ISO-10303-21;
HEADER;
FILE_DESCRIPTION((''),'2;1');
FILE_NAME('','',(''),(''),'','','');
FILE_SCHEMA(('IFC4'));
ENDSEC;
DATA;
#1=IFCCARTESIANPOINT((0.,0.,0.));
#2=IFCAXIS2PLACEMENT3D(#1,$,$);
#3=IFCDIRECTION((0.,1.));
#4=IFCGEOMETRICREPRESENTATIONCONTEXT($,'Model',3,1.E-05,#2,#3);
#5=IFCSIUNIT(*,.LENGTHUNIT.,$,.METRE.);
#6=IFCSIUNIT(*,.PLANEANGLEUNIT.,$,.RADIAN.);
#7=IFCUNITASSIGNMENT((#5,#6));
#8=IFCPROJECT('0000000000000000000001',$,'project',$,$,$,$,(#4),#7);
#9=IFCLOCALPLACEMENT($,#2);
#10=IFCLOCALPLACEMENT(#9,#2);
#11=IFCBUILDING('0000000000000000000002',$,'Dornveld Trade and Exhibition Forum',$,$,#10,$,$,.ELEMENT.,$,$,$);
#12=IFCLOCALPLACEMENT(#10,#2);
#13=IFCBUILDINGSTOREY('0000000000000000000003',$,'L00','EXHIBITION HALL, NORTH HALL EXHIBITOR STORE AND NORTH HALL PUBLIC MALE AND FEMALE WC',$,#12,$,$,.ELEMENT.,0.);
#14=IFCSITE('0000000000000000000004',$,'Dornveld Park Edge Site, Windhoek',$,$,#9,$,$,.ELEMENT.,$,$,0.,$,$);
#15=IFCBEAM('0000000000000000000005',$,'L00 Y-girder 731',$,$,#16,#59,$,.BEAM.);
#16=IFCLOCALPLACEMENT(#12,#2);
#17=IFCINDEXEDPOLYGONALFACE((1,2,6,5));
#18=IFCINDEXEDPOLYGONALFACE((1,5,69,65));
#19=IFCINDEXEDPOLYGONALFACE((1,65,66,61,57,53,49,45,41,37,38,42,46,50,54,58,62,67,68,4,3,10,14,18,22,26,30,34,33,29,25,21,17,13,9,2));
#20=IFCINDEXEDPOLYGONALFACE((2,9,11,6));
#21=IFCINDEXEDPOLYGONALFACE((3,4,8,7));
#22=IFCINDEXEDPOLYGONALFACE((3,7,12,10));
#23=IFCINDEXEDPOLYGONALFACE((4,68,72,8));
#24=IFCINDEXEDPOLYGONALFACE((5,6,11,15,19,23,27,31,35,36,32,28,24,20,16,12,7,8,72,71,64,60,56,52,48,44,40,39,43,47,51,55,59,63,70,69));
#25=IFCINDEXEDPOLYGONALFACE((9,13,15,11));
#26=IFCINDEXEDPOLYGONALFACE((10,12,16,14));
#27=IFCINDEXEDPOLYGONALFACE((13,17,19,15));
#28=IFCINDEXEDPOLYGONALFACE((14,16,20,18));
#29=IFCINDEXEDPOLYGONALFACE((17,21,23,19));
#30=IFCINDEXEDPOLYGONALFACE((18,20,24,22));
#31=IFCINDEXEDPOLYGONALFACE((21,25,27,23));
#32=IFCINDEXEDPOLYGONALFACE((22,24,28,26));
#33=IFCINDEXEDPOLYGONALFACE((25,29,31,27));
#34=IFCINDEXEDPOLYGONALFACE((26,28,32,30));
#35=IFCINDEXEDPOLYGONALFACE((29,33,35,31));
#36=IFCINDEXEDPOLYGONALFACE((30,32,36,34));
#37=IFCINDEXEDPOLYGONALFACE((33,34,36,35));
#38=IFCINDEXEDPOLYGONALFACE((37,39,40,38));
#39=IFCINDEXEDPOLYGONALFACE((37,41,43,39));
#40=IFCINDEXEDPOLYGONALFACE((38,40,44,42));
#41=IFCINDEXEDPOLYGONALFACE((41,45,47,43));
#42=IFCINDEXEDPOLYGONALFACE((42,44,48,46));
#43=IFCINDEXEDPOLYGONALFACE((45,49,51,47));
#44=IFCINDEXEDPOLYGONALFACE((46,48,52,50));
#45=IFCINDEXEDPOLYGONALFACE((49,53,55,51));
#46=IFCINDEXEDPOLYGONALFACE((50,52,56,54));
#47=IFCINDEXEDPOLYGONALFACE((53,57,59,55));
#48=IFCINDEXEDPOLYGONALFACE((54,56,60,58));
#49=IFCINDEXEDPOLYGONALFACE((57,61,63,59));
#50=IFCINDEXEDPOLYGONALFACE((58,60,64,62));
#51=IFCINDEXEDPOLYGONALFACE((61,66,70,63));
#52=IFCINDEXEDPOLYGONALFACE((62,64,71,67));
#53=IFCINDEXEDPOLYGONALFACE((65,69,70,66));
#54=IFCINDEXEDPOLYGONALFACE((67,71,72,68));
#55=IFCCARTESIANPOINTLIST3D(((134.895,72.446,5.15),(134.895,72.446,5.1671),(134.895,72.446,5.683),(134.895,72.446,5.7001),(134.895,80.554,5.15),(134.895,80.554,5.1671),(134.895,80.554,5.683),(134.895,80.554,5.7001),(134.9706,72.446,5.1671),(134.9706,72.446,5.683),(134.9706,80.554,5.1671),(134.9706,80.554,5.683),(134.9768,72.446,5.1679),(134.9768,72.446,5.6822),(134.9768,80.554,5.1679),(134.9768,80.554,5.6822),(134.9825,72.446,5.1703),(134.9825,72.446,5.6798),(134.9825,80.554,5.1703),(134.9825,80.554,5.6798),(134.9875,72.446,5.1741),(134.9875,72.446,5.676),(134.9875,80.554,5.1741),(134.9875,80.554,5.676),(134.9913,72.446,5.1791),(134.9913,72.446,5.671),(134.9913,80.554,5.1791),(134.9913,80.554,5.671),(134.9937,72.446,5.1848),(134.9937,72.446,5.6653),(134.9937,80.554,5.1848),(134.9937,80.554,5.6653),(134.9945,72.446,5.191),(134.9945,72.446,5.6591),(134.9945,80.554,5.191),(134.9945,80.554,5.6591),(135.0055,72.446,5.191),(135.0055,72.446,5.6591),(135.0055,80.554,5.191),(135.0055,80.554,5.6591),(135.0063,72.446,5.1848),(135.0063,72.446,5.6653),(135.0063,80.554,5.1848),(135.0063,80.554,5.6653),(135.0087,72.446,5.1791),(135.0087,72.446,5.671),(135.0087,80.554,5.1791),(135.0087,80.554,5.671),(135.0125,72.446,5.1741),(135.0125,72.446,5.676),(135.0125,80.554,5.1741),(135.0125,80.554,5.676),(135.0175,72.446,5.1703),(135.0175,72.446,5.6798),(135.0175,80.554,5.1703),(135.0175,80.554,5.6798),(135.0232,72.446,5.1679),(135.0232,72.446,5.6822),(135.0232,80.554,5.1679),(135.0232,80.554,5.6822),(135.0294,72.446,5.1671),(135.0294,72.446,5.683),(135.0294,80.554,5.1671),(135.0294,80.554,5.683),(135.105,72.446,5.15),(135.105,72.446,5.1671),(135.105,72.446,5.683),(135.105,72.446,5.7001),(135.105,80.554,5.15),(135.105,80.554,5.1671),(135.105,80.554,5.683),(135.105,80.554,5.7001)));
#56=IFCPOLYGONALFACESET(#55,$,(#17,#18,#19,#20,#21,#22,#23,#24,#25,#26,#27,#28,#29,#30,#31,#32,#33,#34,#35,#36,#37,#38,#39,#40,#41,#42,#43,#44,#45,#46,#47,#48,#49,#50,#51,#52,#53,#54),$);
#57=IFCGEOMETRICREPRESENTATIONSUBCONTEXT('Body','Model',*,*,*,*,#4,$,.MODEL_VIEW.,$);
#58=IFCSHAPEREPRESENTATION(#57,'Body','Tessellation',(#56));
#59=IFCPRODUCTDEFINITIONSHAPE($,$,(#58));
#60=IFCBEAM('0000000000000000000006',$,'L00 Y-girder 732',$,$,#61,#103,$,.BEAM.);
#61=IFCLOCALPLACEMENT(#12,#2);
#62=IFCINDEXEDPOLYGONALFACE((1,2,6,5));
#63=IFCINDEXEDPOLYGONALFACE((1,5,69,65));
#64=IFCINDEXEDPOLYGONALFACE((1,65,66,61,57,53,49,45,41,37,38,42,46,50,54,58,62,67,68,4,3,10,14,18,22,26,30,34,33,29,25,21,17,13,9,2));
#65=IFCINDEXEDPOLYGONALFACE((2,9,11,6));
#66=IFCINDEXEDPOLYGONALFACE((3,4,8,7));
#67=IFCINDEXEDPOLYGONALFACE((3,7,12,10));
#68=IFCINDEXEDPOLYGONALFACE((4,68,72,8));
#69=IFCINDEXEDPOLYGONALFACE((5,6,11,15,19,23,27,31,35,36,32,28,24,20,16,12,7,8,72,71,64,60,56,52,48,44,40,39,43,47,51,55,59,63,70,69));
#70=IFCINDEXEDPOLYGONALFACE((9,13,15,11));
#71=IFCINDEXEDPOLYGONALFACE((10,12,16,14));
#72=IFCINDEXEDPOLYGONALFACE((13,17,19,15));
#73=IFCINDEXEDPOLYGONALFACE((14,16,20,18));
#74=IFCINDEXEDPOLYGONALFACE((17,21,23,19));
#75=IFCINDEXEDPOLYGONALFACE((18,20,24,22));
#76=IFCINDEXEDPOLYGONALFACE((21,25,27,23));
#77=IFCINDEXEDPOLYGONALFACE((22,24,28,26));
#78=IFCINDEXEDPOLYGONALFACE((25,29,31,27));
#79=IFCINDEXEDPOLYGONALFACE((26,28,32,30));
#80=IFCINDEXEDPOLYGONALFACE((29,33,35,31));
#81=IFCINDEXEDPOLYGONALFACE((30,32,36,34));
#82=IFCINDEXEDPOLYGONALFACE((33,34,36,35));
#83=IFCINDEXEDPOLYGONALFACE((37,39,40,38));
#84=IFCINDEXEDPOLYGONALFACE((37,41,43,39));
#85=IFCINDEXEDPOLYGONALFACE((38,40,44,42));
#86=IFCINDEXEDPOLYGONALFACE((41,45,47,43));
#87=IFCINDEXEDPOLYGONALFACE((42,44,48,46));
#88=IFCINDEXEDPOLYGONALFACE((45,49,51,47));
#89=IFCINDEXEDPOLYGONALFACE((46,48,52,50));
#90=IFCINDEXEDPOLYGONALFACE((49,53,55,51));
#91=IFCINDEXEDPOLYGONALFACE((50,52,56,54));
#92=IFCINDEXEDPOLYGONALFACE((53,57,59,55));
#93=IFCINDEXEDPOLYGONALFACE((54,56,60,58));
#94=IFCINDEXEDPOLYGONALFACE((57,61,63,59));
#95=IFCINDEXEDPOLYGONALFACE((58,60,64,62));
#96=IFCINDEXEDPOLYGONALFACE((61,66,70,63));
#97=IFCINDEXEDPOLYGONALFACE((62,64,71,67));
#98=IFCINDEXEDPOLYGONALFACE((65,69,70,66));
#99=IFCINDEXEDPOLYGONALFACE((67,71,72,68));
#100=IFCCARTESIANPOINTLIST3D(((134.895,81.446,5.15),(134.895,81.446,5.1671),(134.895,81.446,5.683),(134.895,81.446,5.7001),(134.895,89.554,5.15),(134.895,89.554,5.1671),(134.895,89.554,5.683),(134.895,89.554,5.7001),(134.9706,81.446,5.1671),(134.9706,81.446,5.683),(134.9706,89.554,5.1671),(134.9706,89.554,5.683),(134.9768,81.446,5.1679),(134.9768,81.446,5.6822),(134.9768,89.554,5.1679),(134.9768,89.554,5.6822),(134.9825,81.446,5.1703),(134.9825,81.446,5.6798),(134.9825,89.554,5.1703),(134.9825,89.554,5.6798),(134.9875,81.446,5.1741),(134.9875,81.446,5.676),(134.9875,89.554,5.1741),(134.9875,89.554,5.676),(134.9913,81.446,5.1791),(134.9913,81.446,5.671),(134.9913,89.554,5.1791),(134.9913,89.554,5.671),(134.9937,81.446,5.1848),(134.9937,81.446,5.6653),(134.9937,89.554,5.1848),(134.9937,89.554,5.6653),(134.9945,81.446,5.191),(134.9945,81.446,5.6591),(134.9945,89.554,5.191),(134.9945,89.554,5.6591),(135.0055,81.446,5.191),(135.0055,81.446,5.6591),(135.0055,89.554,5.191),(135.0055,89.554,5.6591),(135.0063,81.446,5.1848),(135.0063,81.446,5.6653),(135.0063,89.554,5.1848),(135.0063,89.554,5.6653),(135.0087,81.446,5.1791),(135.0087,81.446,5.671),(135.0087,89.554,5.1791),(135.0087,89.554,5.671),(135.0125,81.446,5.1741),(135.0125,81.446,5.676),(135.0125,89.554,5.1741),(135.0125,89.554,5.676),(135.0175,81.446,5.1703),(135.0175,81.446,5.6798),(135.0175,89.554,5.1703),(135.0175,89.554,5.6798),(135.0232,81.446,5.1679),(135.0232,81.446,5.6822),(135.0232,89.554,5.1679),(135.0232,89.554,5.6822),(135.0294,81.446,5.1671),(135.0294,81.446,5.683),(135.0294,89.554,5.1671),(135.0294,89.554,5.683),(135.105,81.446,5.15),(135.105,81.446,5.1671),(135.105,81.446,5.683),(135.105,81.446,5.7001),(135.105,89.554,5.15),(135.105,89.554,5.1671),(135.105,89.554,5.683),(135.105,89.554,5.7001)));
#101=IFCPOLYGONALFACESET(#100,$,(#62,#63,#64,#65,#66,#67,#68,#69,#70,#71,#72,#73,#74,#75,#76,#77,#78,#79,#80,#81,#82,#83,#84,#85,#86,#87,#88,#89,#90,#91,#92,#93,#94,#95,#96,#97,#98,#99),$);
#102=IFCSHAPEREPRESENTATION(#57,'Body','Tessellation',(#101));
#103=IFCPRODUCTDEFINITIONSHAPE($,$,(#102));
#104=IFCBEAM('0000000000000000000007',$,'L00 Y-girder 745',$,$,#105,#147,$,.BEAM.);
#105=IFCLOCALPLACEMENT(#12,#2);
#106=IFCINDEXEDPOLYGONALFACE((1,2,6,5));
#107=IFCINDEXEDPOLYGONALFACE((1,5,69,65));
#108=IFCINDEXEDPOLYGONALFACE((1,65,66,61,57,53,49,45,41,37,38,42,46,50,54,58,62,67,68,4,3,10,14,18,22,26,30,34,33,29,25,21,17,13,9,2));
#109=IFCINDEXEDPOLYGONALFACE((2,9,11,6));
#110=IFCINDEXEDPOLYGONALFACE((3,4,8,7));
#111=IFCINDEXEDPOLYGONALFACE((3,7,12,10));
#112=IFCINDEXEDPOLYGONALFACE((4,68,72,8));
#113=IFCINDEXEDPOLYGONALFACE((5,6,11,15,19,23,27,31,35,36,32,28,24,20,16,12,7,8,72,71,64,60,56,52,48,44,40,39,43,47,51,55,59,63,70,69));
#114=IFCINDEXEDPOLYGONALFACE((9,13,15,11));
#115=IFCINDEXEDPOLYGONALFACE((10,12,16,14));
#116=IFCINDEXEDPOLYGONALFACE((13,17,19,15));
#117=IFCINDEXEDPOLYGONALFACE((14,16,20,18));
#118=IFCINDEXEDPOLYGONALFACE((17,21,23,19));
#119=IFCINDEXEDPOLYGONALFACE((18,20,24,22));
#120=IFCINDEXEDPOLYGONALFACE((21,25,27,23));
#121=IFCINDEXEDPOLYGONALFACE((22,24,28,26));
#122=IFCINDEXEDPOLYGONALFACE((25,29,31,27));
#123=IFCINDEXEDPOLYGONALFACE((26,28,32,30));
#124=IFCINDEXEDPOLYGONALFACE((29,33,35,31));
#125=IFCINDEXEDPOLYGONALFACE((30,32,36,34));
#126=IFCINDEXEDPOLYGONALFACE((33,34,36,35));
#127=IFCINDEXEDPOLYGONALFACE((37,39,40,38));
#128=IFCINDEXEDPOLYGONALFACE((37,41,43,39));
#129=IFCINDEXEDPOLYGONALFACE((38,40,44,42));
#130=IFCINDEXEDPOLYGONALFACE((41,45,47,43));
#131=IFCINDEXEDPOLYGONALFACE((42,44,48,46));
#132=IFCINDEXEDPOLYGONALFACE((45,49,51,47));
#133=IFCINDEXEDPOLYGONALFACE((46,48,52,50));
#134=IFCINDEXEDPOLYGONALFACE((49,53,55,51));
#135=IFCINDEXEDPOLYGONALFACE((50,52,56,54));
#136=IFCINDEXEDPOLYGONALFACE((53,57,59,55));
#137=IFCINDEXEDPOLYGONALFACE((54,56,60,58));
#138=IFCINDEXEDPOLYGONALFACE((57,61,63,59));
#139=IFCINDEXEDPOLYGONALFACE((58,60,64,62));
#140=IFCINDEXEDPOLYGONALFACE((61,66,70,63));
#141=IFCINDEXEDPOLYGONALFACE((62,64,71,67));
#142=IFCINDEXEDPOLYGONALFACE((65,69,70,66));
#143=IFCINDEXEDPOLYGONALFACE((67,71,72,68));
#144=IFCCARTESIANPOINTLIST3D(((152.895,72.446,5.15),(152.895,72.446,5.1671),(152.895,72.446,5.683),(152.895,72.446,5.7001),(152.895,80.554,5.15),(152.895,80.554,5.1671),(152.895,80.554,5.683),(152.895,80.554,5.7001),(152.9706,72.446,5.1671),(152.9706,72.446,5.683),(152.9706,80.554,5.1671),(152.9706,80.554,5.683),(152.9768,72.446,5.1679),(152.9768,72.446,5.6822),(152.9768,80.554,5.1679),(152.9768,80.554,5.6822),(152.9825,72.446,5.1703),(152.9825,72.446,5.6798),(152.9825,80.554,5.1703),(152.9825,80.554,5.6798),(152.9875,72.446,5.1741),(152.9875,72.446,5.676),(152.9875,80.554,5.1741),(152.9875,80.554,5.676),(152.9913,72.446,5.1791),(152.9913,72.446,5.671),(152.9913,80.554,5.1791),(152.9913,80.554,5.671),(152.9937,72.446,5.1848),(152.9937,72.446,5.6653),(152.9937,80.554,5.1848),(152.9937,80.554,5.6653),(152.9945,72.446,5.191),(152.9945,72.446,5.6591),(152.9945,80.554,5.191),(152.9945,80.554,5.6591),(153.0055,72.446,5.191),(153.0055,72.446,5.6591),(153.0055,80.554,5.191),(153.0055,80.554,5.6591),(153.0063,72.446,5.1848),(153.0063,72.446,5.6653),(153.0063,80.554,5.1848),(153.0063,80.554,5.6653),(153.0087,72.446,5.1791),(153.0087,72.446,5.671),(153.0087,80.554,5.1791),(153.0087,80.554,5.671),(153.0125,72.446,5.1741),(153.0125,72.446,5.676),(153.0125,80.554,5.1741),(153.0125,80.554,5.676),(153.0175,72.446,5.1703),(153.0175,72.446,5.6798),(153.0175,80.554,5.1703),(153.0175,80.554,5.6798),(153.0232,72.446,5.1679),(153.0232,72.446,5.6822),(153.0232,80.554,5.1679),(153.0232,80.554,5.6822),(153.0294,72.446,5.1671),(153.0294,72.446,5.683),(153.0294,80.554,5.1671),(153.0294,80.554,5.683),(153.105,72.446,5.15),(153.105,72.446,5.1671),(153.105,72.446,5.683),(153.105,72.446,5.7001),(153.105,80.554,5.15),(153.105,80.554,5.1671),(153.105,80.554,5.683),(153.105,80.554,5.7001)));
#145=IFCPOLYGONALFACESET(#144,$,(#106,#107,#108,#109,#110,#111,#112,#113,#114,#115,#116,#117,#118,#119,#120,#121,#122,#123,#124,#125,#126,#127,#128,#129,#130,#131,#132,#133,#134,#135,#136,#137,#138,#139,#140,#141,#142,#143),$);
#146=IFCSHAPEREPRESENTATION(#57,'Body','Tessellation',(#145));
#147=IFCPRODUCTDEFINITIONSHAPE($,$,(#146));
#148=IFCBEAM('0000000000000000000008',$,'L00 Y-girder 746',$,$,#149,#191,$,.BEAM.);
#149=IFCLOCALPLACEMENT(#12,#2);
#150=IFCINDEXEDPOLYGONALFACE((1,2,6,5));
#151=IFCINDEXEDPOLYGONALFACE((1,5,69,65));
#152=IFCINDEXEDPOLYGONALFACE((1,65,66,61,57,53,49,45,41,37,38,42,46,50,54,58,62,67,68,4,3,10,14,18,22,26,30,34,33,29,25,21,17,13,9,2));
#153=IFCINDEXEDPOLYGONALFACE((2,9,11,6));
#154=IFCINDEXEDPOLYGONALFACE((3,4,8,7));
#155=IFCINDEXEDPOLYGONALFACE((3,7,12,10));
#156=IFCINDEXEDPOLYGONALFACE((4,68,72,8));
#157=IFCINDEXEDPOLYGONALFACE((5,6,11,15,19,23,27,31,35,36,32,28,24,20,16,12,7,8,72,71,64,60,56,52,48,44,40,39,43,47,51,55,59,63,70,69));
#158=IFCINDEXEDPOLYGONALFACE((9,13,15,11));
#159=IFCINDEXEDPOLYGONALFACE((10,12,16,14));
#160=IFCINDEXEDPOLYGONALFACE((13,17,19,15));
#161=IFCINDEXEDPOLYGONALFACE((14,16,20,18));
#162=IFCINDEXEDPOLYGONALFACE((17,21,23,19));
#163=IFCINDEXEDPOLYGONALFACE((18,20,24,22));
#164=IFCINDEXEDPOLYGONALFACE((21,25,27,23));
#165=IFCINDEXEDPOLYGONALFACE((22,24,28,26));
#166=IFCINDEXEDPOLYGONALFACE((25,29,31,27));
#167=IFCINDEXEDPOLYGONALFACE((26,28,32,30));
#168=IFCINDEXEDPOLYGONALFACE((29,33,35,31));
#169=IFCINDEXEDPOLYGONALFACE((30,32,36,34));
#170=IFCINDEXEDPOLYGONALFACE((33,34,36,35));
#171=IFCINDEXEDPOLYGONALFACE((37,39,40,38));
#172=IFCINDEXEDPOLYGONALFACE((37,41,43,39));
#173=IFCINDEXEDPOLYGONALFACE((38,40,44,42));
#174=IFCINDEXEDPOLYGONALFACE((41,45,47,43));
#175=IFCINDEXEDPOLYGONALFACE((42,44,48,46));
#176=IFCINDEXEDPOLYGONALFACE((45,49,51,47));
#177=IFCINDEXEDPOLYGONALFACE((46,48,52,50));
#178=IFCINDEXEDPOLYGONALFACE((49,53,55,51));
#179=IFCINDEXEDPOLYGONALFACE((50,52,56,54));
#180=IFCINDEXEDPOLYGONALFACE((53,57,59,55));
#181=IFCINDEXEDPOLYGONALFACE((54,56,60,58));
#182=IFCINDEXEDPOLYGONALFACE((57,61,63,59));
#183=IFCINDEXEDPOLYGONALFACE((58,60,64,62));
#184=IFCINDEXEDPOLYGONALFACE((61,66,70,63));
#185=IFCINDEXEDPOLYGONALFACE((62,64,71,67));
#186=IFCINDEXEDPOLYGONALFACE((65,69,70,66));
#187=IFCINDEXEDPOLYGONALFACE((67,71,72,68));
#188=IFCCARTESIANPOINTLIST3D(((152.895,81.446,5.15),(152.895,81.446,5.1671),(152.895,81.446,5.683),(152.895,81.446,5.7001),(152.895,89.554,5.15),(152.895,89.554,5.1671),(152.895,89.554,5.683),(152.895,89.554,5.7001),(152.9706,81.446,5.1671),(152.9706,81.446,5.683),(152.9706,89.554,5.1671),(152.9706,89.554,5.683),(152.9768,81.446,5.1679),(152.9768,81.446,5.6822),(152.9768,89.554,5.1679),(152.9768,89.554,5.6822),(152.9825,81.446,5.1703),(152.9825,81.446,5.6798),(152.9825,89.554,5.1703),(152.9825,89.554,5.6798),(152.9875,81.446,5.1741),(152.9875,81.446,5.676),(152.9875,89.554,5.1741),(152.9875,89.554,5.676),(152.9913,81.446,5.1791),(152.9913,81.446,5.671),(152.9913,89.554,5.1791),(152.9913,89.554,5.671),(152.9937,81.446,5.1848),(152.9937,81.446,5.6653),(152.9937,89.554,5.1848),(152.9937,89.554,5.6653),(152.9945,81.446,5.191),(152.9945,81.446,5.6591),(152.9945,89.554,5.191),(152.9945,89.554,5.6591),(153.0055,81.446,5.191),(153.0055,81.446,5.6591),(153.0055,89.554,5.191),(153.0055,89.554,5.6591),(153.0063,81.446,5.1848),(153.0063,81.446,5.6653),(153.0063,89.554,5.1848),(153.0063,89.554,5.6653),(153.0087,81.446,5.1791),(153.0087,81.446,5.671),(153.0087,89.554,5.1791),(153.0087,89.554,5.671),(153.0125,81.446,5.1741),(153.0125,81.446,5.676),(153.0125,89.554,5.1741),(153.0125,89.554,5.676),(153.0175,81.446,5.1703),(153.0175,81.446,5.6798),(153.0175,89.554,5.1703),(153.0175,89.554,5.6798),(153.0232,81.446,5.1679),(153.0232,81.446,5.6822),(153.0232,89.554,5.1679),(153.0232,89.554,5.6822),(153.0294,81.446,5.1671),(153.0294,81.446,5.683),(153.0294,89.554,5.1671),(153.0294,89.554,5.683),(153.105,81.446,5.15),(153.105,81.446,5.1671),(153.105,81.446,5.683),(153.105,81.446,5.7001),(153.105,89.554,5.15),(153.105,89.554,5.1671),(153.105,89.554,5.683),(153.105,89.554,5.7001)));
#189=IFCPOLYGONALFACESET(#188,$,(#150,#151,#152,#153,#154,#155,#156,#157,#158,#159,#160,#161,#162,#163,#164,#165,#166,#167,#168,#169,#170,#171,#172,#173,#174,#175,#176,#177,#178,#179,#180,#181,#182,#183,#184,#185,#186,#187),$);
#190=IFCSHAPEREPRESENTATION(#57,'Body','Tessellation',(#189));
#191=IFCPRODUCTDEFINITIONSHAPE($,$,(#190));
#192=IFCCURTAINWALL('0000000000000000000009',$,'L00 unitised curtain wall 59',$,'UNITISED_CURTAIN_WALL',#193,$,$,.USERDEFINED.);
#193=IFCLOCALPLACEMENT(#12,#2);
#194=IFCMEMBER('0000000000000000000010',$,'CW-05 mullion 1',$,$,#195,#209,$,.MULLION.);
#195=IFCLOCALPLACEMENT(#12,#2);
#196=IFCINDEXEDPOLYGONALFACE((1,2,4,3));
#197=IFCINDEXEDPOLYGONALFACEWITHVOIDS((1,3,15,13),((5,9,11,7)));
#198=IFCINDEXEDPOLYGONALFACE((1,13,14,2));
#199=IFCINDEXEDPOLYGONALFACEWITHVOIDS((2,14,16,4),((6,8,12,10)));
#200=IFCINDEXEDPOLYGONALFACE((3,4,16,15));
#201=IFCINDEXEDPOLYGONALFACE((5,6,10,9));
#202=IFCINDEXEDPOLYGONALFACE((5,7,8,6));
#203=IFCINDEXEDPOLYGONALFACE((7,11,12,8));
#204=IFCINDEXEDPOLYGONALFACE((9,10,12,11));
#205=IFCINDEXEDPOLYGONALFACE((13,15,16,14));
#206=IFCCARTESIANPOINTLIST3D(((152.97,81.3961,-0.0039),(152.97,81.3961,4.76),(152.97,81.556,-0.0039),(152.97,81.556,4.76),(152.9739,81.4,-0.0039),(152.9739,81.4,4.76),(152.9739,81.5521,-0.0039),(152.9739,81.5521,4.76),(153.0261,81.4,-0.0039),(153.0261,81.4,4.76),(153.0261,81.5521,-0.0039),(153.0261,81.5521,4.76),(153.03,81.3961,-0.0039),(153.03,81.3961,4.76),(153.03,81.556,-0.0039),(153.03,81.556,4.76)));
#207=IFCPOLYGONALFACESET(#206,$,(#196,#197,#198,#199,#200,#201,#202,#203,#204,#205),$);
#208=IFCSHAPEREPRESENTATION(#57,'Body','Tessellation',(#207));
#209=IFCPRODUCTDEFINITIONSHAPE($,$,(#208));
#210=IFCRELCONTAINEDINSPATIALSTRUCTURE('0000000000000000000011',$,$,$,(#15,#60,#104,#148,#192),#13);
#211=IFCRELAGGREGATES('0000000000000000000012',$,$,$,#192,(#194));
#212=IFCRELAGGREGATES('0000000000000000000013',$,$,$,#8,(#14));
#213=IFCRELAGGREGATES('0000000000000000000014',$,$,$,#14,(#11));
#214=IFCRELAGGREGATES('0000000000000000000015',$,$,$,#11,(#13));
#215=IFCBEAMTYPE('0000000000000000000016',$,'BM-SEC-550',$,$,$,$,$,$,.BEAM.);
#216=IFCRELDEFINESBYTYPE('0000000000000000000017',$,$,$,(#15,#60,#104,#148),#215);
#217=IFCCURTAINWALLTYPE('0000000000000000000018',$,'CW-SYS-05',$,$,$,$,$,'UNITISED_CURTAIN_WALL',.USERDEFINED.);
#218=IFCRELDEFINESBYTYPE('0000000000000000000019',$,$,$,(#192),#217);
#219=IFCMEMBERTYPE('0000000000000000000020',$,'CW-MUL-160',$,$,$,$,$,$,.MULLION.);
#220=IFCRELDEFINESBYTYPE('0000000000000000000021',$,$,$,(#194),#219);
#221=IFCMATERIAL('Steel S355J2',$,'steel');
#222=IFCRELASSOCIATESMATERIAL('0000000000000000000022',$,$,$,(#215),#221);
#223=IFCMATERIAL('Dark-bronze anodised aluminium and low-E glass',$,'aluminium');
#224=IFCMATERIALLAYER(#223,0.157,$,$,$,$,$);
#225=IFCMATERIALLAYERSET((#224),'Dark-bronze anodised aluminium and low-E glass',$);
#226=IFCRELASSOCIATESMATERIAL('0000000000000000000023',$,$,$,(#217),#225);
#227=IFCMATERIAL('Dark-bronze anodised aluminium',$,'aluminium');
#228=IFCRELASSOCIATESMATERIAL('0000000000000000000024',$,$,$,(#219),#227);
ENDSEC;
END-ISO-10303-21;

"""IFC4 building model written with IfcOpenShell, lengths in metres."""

from ifc_helpers import new_model, si_unit, direction, frame, origin, origin_2d, place, context, subcontext, project, spatial, hollow_rectangle, i_section, extrude, material, layer, layer_set, material_profile, profile_set, type_object, element, aggregate, save


model = new_model("IFC4")

# Units and contexts
model_context = context("Model", 3, precision=1e-05, world=origin(), true_north=direction((0.0, 1.0)))
body_context = subcontext(model_context, "Body", "Model", "MODEL_VIEW")
ifc_project = project(units=[si_unit("LENGTHUNIT", "METRE"), si_unit("PLANEANGLEUNIT", "RADIAN")], contexts=[model_context])

# Site, building, storey
site_placement = place(None, origin())
site = spatial("IfcSite", under=ifc_project, at=site_placement, Name="Dornveld Park Edge Site, Windhoek", CompositionType="ELEMENT", RefElevation=0.0)
building_placement = place(site_placement, origin())
building = spatial("IfcBuilding", under=site, at=building_placement, Name="Dornveld Trade and Exhibition Forum", CompositionType="ELEMENT")
storey_placement = place(building_placement, origin())
storey = spatial("IfcBuildingStorey", under=building, at=storey_placement, Name="L00", Description="EXHIBITION HALL, NORTH HALL EXHIBITOR STORE AND NORTH HALL PUBLIC MALE AND FEMALE WC", CompositionType="ELEMENT", Elevation=0.0)

# Beams
ifc_material_1 = material(Name="Steel S355J2", Category="steel")
ifc_material_profile_1 = material_profile(ifc_material_1, i_section(OverallWidth=0.21, OverallDepth=0.55, WebThickness=0.011, FlangeThickness=0.0171, FilletRadius=0.0239, at=origin_2d()), Name="IPE 550")
ifc_profile_set_1 = profile_set([ifc_material_profile_1], Name="Steel S355J2")
beam_type_1 = type_object("IfcBeamType", Name="BM-SEC-550", PredefinedType="BEAM", material=ifc_profile_set_1)
for number, where, z_axis, x_axis, name in (
    (1, (135.0, 72.446, 5.425), (0.0, 1.0, 0.0), (-1.0, 0.0, 0.0), "L00 Y-girder 731"),
    (2, (135.0, 81.446, 5.425), (0.0, 1.0, 0.0), (-1.0, 0.0, 0.0), "L00 Y-girder 732"),
    (3, (153.0, 72.446, 5.425), (0.0, 1.0, 0.0), (-1.0, 0.0, 0.0), "L00 Y-girder 745"),
    (4, (153.0, 81.446, 5.425), (0.0, 1.0, 0.0), (-1.0, 0.0, 0.0), "L00 Y-girder 746"),
):
    element("IfcBeam", number, at=place(storey_placement, frame(where, z_axis=z_axis, x_axis=x_axis)), inside=storey, type_object=beam_type_1, Name=name, PredefinedType="BEAM", context=body_context, shape_type="SweptSolid", body=[
        extrude(i_section(OverallWidth=0.21, OverallDepth=0.55, WebThickness=0.011, FlangeThickness=0.0171, FilletRadius=0.0239, at=origin_2d()), origin(), (0.0, 0.0, 1.0), 8.1079),
    ])

# Curtain wall, member
ifc_material_2 = material(Name="Dark-bronze anodised aluminium and low-E glass", Category="aluminium")
ifc_layer_1 = layer(ifc_material_2, 0.157)
ifc_layer_set_1 = layer_set([ifc_layer_1], Name="Dark-bronze anodised aluminium and low-E glass")
curtain_wall_type = type_object("IfcCurtainWallType", Name="CW-SYS-05", ElementType="UNITISED_CURTAIN_WALL", PredefinedType="USERDEFINED", material=ifc_layer_set_1)
curtain_wall_placement = place(storey_placement, origin())
curtain_wall = element("IfcCurtainWall", 5, at=curtain_wall_placement, inside=storey, type_object=curtain_wall_type, Name="L00 unitised curtain wall 59", ObjectType="UNITISED_CURTAIN_WALL", PredefinedType="USERDEFINED")
ifc_material_3 = material(Name="Dark-bronze anodised aluminium", Category="aluminium")
ifc_material_profile_2 = material_profile(ifc_material_3, hollow_rectangle(XDim=0.0601, YDim=0.1599, WallThickness=0.0039, at=origin_2d()), Name="RHS 160x60x4")
ifc_profile_set_2 = profile_set([ifc_material_profile_2], Name="Dark-bronze anodised aluminium")
member_type_1 = type_object("IfcMemberType", Name="CW-MUL-160", PredefinedType="MULLION", material=ifc_profile_set_2)
member_1_placement = place(storey_placement, frame((153.0, 81.4761, -0.0039), z_axis=(0.0, 0.0, 1.0), x_axis=(-1.0, 0.0, 0.0)))
member_1 = element("IfcMember", 6, at=member_1_placement, type_object=member_type_1, Name="CW-05 mullion 1", PredefinedType="MULLION", context=body_context, shape_type="SweptSolid", body=[
    extrude(hollow_rectangle(XDim=0.0601, YDim=0.1599, WallThickness=0.0039, at=origin_2d()), origin(), (0.0, 0.0, 1.0), 4.7639),
])
aggregate(curtain_wall, [member_1])

save(model, "model.ifc")
